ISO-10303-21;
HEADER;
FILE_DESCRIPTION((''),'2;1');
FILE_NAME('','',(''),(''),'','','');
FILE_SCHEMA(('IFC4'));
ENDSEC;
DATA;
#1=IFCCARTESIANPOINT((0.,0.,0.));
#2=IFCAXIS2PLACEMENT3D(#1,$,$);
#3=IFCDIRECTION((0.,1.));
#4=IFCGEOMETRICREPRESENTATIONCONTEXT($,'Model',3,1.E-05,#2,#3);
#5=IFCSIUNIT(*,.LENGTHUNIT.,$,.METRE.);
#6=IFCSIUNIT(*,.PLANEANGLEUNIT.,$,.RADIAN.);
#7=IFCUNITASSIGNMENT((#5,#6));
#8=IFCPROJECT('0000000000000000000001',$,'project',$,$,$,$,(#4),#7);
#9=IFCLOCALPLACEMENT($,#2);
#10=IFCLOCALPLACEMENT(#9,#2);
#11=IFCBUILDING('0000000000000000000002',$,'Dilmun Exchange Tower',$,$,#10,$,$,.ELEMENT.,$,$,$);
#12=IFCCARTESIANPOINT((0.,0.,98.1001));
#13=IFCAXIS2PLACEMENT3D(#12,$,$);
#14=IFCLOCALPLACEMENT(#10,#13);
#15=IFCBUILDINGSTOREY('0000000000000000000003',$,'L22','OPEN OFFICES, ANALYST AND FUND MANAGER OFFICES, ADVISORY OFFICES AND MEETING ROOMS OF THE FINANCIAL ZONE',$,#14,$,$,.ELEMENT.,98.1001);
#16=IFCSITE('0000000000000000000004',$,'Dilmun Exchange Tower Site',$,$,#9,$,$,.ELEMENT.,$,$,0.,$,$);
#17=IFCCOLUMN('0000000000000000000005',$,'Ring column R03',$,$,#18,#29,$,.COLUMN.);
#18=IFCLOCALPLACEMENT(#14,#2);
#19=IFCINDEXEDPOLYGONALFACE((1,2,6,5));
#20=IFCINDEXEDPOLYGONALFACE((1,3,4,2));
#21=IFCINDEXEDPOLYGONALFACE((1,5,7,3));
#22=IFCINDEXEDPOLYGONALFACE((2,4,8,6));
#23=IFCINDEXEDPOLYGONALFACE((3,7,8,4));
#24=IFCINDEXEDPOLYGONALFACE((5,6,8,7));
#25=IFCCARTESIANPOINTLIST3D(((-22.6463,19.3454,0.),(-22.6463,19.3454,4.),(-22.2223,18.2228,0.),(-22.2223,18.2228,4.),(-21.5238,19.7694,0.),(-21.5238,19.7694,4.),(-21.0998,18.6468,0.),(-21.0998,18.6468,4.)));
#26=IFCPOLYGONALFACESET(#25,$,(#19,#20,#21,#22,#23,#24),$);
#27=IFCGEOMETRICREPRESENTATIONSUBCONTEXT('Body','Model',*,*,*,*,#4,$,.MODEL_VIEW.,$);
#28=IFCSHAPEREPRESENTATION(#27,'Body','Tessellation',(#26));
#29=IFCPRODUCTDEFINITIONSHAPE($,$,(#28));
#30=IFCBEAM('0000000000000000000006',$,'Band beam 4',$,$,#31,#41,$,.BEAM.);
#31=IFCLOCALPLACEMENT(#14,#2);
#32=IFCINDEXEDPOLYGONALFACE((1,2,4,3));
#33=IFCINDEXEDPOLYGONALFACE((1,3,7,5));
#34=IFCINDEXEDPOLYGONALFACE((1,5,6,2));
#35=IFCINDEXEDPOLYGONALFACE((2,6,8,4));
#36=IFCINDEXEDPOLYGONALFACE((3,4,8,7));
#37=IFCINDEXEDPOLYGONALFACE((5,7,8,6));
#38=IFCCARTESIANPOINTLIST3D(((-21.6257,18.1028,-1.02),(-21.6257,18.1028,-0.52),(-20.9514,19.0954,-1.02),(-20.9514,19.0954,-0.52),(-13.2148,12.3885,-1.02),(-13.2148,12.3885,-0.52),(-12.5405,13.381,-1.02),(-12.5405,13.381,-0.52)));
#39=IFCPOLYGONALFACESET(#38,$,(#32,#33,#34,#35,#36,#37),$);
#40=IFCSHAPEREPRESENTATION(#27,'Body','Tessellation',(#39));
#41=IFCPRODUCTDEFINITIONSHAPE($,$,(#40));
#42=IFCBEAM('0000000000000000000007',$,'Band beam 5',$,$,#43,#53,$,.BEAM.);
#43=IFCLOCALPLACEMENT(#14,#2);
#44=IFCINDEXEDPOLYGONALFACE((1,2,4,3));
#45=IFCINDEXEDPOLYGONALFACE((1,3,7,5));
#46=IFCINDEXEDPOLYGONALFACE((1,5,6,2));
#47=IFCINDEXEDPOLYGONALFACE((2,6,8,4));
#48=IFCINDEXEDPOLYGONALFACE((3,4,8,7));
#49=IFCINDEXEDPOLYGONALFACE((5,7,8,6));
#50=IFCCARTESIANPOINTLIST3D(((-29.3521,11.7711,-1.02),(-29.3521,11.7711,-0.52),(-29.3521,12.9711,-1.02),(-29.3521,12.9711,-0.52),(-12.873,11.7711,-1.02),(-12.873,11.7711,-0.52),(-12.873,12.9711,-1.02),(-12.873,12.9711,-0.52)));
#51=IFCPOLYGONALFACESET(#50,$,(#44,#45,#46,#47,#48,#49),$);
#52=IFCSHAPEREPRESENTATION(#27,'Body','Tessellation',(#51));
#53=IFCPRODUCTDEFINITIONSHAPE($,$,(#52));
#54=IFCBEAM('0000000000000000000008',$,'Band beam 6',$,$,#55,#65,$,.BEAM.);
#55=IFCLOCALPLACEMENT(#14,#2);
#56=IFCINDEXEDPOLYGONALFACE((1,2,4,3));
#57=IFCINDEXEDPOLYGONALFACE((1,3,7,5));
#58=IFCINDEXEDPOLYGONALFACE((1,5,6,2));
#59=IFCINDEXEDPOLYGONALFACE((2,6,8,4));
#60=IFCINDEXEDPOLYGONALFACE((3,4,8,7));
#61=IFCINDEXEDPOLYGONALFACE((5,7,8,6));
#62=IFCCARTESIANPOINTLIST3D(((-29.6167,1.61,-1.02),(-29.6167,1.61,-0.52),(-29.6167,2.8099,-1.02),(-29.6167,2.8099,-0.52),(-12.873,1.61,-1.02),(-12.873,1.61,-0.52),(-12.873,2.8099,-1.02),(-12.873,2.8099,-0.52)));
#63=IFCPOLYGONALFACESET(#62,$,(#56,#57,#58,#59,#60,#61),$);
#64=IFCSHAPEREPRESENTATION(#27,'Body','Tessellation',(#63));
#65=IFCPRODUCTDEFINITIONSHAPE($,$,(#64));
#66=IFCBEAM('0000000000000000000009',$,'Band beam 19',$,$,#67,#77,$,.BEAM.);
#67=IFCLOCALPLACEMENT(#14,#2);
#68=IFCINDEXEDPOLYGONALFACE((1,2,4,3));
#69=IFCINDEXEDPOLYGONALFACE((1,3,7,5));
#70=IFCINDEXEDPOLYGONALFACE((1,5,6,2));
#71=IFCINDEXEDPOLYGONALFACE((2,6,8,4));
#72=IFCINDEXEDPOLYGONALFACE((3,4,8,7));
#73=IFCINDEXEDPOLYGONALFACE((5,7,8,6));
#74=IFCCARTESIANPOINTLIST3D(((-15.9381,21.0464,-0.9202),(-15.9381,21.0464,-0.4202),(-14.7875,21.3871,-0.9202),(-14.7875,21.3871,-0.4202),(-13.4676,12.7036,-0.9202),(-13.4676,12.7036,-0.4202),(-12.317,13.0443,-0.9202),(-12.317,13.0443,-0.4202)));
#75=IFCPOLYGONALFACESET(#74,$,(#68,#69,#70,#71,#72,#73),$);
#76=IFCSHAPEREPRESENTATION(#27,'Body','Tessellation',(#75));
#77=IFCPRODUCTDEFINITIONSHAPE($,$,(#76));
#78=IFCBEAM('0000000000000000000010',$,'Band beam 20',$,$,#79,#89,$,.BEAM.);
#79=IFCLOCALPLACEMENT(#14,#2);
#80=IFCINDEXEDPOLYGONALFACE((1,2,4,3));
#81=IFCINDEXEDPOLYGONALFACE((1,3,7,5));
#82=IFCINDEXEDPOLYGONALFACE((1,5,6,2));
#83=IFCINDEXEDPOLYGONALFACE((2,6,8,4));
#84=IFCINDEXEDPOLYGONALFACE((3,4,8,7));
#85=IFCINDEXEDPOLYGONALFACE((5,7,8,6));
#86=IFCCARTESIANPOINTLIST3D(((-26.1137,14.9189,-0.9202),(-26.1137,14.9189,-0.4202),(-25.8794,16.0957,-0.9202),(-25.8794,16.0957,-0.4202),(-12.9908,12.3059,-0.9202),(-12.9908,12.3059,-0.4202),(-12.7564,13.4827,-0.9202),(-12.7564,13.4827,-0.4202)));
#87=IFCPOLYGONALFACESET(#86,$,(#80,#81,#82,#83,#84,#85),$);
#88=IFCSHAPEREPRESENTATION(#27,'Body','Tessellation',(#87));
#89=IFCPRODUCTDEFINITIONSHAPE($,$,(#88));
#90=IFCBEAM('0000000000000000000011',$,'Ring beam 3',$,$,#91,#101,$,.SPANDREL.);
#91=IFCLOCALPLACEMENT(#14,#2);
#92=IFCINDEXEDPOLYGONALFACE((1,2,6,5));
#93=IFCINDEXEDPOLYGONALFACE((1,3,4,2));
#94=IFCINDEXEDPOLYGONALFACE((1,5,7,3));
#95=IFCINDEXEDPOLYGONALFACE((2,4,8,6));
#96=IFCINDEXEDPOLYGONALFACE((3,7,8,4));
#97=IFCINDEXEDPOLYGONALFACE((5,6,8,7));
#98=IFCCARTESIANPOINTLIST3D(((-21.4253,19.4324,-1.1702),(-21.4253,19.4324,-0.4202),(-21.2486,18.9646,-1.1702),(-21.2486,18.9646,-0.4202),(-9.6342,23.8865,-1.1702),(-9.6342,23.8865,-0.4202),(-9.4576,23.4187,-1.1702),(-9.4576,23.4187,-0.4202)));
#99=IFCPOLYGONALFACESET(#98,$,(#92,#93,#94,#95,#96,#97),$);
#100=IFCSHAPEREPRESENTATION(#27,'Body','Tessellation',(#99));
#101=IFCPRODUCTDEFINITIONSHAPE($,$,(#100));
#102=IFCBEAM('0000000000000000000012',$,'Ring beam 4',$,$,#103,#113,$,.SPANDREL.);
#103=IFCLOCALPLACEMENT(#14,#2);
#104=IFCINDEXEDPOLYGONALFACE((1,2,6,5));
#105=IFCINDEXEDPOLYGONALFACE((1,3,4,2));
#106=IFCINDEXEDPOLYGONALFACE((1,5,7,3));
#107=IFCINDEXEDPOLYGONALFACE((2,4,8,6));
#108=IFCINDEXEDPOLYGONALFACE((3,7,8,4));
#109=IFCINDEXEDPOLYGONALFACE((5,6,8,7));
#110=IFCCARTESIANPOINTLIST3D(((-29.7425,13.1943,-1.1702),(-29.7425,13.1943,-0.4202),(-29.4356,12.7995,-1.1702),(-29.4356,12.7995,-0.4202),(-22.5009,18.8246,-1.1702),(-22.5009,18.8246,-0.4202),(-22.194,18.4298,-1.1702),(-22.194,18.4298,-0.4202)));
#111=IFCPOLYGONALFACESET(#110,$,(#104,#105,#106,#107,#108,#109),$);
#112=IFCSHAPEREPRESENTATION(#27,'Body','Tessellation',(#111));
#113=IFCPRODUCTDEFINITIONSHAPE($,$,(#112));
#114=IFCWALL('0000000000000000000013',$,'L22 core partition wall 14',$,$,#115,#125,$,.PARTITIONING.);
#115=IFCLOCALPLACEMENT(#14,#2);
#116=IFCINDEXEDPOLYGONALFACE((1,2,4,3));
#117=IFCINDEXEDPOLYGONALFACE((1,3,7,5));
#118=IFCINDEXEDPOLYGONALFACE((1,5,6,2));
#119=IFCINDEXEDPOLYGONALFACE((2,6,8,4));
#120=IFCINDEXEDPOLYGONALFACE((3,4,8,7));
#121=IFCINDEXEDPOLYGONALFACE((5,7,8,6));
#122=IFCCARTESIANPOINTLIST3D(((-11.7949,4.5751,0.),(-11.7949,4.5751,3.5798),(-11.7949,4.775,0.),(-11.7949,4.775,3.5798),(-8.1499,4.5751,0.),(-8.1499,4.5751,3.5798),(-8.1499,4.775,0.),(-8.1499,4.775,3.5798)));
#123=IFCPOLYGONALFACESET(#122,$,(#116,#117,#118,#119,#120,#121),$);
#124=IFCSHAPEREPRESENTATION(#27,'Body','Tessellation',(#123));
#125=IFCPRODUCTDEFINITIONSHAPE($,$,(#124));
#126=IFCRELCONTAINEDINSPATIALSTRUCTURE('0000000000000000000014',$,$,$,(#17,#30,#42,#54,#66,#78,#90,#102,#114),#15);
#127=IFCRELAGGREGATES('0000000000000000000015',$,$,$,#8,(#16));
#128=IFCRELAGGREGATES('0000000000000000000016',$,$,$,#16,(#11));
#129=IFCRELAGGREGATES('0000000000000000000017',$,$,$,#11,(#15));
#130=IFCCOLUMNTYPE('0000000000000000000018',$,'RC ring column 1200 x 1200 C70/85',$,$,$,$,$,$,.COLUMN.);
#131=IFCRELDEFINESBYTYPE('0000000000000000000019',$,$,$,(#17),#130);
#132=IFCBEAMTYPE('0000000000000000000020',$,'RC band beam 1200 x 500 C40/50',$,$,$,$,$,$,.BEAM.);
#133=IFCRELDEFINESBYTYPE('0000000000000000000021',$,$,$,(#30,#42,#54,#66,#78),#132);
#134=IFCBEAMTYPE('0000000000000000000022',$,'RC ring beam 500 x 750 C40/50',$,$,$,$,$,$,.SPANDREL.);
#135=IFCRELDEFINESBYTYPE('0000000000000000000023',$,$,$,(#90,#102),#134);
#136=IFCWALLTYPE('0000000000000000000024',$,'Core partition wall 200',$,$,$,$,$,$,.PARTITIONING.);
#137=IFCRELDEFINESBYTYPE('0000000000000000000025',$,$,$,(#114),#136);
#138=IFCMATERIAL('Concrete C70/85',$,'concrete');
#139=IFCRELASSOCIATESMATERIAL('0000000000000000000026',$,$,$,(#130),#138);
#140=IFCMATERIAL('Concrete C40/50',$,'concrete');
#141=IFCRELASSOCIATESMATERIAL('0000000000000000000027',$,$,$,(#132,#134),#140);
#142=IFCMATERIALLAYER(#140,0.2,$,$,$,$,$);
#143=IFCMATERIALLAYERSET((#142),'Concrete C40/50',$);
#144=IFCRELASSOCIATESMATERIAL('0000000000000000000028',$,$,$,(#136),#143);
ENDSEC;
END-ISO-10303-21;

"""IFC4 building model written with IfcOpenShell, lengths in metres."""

from ifc_helpers import new_model, si_unit, direction, frame, frame_2d, origin, origin_2d, place, context, subcontext, project, spatial, rectangle, extrude, material, layer, layer_set, material_profile, profile_set, type_object, element, save


model = new_model("IFC4")

# Units and contexts
model_context = context("Model", 3, precision=1e-05, world=origin(), true_north=direction((0.0, 1.0)))
body_context = subcontext(model_context, "Body", "Model", "MODEL_VIEW")
ifc_project = project(units=[si_unit("LENGTHUNIT", "METRE"), si_unit("PLANEANGLEUNIT", "RADIAN")], contexts=[model_context])

# Site, building, storey
site_placement = place(None, origin())
site = spatial("IfcSite", under=ifc_project, at=site_placement, Name="Dilmun Exchange Tower Site", CompositionType="ELEMENT", RefElevation=0.0)
building_placement = place(site_placement, origin())
building = spatial("IfcBuilding", under=site, at=building_placement, Name="Dilmun Exchange Tower", CompositionType="ELEMENT")
storey_placement = place(building_placement, frame((0.0, 0.0, 98.1001)))
storey = spatial("IfcBuildingStorey", under=building, at=storey_placement, Name="L22", Description="OPEN OFFICES, ANALYST AND FUND MANAGER OFFICES, ADVISORY OFFICES AND MEETING ROOMS OF THE FINANCIAL ZONE", CompositionType="ELEMENT", Elevation=98.1001)

# Column
ifc_material_1 = material(Name="Concrete C70/85", Category="concrete")
ifc_material_profile_1 = material_profile(ifc_material_1, rectangle(XDim=1.2, YDim=1.2, at=origin_2d()), Name="1200 x 1200")
ifc_profile_set_1 = profile_set([ifc_material_profile_1], Name="Concrete C70/85")
column_type = type_object("IfcColumnType", Name="RC ring column 1200 x 1200 C70/85", PredefinedType="COLUMN", material=ifc_profile_set_1)
column_placement = place(storey_placement, frame((-21.873, 18.9961, 0.0), z_axis=(0.0, 0.0, 1.0), x_axis=(0.935492, 0.353349, 0.0)))
element("IfcColumn", 1, at=column_placement, inside=storey, type_object=column_type, Name="Ring column R03", PredefinedType="COLUMN", context=body_context, shape_type="SweptSolid", body=[
    extrude(rectangle(XDim=1.2, YDim=1.2, at=origin_2d()), origin(), (0.0, 0.0, 1.0), 4.0),
])

# Beams
ifc_material_2 = material(Name="Concrete C40/50", Category="concrete")
ifc_material_profile_2 = material_profile(ifc_material_2, rectangle(XDim=1.2, YDim=0.5, at=origin_2d()), Name="1200 x 500")
ifc_profile_set_2 = profile_set([ifc_material_profile_2], Name="Concrete C40/50")
beam_type_1 = type_object("IfcBeamType", Name="RC band beam 1200 x 500 C40/50", PredefinedType="BEAM", material=ifc_profile_set_2)
beam_1_placement = place(storey_placement, frame((-21.2886, 18.5991, -0.77), z_axis=(0.827157, -0.56197, 0.0), x_axis=(0.56197, 0.827157, 0.0)))
element("IfcBeam", 2, at=beam_1_placement, inside=storey, type_object=beam_type_1, Name="Band beam 4", PredefinedType="BEAM", context=body_context, shape_type="SweptSolid", body=[
    extrude(rectangle(XDim=1.2, YDim=0.5, at=origin_2d()), origin(), (0.0, 0.0, 1.0), 10.1685),
])
beam_2_placement = place(storey_placement, frame((-29.3521, 12.3711, -0.77), z_axis=(1.0, 0.0, 0.0), x_axis=(0.0, 1.0, 0.0)))
element("IfcBeam", 3, at=beam_2_placement, inside=storey, type_object=beam_type_1, Name="Band beam 5", PredefinedType="BEAM", context=body_context, shape_type="SweptSolid", body=[
    extrude(rectangle(XDim=1.2, YDim=0.5, at=origin_2d()), origin(), (0.0, 0.0, 1.0), 16.479),
])
beam_3_placement = place(storey_placement, frame((-29.6167, 2.21, -0.77), z_axis=(1.0, 0.0, 0.0), x_axis=(0.0, 1.0, 0.0)))
element("IfcBeam", 4, at=beam_3_placement, inside=storey, type_object=beam_type_1, Name="Band beam 6", PredefinedType="BEAM", context=body_context, shape_type="SweptSolid", body=[
    extrude(rectangle(XDim=1.2, YDim=0.5, at=origin_2d()), origin(), (0.0, 0.0, 1.0), 16.7437),
])
beam_4_placement = place(storey_placement, frame((-15.3628, 21.2168, -0.6702), z_axis=(0.283933, -0.958844, 0.0), x_axis=(0.958844, 0.283933, 0.0)))
element("IfcBeam", 5, at=beam_4_placement, inside=storey, type_object=beam_type_1, Name="Band beam 19", PredefinedType="BEAM", context=body_context, shape_type="SweptSolid", body=[
    extrude(rectangle(XDim=1.2, YDim=0.5, at=origin_2d()), origin(), (0.0, 0.0, 1.0), 8.7009),
])
beam_5_placement = place(storey_placement, frame((-25.9966, 15.5073, -0.6702), z_axis=(0.980747, -0.195284, 0.0), x_axis=(0.195284, 0.980747, 0.0)))
element("IfcBeam", 6, at=beam_5_placement, inside=storey, type_object=beam_type_1, Name="Band beam 20", PredefinedType="BEAM", context=body_context, shape_type="SweptSolid", body=[
    extrude(rectangle(XDim=1.2, YDim=0.5, at=origin_2d()), origin(), (0.0, 0.0, 1.0), 13.3806),
])
ifc_material_profile_3 = material_profile(ifc_material_2, rectangle(XDim=0.5, YDim=0.75, at=origin_2d()), Name="500 x 750")
ifc_profile_set_3 = profile_set([ifc_material_profile_3], Name="Concrete C40/50")
beam_type_2 = type_object("IfcBeamType", Name="RC ring beam 500 x 750 C40/50", PredefinedType="SPANDREL", material=ifc_profile_set_3)
beam_6_placement = place(storey_placement, frame((-9.5459, 23.6526, -0.7952), z_axis=(-0.935479, -0.353381, 0.0), x_axis=(0.353381, -0.935479, 0.0)))
element("IfcBeam", 7, at=beam_6_placement, inside=storey, type_object=beam_type_2, Name="Ring beam 3", PredefinedType="SPANDREL", context=body_context, shape_type="SweptSolid", body=[
    extrude(rectangle(XDim=0.5, YDim=0.75, at=origin_2d()), origin(), (0.0, 0.0, 1.0), 12.6042),
])
beam_7_placement = place(storey_placement, frame((-22.3474, 18.6272, -0.7952), z_axis=(-0.789461, -0.613801, 0.0), x_axis=(0.613801, -0.789461, 0.0)))
element("IfcBeam", 8, at=beam_7_placement, inside=storey, type_object=beam_type_2, Name="Ring beam 4", PredefinedType="SPANDREL", context=body_context, shape_type="SweptSolid", body=[
    extrude(rectangle(XDim=0.5, YDim=0.75, at=origin_2d()), origin(), (0.0, 0.0, 1.0), 9.1729),
])

# Wall
ifc_layer_1 = layer(ifc_material_2, 0.2)
ifc_layer_set_1 = layer_set([ifc_layer_1], Name="Concrete C40/50")
wall_type_1 = type_object("IfcWallType", Name="Core partition wall 200", PredefinedType="PARTITIONING", material=ifc_layer_set_1)
wall_1_placement = place(storey_placement, frame((-11.7949, 4.675, 0.0), z_axis=(0.0, 0.0, 1.0), x_axis=(1.0, 0.0, 0.0)))
element("IfcWall", 9, at=wall_1_placement, inside=storey, type_object=wall_type_1, Name="L22 core partition wall 14", PredefinedType="PARTITIONING", context=body_context, shape_type="SweptSolid", body=[
    extrude(rectangle(XDim=3.645, YDim=0.2, at=frame_2d((1.8225, 0.0))), origin(), (0.0, 0.0, 1.0), 3.5798),
])

save(model, "model.ifc")
